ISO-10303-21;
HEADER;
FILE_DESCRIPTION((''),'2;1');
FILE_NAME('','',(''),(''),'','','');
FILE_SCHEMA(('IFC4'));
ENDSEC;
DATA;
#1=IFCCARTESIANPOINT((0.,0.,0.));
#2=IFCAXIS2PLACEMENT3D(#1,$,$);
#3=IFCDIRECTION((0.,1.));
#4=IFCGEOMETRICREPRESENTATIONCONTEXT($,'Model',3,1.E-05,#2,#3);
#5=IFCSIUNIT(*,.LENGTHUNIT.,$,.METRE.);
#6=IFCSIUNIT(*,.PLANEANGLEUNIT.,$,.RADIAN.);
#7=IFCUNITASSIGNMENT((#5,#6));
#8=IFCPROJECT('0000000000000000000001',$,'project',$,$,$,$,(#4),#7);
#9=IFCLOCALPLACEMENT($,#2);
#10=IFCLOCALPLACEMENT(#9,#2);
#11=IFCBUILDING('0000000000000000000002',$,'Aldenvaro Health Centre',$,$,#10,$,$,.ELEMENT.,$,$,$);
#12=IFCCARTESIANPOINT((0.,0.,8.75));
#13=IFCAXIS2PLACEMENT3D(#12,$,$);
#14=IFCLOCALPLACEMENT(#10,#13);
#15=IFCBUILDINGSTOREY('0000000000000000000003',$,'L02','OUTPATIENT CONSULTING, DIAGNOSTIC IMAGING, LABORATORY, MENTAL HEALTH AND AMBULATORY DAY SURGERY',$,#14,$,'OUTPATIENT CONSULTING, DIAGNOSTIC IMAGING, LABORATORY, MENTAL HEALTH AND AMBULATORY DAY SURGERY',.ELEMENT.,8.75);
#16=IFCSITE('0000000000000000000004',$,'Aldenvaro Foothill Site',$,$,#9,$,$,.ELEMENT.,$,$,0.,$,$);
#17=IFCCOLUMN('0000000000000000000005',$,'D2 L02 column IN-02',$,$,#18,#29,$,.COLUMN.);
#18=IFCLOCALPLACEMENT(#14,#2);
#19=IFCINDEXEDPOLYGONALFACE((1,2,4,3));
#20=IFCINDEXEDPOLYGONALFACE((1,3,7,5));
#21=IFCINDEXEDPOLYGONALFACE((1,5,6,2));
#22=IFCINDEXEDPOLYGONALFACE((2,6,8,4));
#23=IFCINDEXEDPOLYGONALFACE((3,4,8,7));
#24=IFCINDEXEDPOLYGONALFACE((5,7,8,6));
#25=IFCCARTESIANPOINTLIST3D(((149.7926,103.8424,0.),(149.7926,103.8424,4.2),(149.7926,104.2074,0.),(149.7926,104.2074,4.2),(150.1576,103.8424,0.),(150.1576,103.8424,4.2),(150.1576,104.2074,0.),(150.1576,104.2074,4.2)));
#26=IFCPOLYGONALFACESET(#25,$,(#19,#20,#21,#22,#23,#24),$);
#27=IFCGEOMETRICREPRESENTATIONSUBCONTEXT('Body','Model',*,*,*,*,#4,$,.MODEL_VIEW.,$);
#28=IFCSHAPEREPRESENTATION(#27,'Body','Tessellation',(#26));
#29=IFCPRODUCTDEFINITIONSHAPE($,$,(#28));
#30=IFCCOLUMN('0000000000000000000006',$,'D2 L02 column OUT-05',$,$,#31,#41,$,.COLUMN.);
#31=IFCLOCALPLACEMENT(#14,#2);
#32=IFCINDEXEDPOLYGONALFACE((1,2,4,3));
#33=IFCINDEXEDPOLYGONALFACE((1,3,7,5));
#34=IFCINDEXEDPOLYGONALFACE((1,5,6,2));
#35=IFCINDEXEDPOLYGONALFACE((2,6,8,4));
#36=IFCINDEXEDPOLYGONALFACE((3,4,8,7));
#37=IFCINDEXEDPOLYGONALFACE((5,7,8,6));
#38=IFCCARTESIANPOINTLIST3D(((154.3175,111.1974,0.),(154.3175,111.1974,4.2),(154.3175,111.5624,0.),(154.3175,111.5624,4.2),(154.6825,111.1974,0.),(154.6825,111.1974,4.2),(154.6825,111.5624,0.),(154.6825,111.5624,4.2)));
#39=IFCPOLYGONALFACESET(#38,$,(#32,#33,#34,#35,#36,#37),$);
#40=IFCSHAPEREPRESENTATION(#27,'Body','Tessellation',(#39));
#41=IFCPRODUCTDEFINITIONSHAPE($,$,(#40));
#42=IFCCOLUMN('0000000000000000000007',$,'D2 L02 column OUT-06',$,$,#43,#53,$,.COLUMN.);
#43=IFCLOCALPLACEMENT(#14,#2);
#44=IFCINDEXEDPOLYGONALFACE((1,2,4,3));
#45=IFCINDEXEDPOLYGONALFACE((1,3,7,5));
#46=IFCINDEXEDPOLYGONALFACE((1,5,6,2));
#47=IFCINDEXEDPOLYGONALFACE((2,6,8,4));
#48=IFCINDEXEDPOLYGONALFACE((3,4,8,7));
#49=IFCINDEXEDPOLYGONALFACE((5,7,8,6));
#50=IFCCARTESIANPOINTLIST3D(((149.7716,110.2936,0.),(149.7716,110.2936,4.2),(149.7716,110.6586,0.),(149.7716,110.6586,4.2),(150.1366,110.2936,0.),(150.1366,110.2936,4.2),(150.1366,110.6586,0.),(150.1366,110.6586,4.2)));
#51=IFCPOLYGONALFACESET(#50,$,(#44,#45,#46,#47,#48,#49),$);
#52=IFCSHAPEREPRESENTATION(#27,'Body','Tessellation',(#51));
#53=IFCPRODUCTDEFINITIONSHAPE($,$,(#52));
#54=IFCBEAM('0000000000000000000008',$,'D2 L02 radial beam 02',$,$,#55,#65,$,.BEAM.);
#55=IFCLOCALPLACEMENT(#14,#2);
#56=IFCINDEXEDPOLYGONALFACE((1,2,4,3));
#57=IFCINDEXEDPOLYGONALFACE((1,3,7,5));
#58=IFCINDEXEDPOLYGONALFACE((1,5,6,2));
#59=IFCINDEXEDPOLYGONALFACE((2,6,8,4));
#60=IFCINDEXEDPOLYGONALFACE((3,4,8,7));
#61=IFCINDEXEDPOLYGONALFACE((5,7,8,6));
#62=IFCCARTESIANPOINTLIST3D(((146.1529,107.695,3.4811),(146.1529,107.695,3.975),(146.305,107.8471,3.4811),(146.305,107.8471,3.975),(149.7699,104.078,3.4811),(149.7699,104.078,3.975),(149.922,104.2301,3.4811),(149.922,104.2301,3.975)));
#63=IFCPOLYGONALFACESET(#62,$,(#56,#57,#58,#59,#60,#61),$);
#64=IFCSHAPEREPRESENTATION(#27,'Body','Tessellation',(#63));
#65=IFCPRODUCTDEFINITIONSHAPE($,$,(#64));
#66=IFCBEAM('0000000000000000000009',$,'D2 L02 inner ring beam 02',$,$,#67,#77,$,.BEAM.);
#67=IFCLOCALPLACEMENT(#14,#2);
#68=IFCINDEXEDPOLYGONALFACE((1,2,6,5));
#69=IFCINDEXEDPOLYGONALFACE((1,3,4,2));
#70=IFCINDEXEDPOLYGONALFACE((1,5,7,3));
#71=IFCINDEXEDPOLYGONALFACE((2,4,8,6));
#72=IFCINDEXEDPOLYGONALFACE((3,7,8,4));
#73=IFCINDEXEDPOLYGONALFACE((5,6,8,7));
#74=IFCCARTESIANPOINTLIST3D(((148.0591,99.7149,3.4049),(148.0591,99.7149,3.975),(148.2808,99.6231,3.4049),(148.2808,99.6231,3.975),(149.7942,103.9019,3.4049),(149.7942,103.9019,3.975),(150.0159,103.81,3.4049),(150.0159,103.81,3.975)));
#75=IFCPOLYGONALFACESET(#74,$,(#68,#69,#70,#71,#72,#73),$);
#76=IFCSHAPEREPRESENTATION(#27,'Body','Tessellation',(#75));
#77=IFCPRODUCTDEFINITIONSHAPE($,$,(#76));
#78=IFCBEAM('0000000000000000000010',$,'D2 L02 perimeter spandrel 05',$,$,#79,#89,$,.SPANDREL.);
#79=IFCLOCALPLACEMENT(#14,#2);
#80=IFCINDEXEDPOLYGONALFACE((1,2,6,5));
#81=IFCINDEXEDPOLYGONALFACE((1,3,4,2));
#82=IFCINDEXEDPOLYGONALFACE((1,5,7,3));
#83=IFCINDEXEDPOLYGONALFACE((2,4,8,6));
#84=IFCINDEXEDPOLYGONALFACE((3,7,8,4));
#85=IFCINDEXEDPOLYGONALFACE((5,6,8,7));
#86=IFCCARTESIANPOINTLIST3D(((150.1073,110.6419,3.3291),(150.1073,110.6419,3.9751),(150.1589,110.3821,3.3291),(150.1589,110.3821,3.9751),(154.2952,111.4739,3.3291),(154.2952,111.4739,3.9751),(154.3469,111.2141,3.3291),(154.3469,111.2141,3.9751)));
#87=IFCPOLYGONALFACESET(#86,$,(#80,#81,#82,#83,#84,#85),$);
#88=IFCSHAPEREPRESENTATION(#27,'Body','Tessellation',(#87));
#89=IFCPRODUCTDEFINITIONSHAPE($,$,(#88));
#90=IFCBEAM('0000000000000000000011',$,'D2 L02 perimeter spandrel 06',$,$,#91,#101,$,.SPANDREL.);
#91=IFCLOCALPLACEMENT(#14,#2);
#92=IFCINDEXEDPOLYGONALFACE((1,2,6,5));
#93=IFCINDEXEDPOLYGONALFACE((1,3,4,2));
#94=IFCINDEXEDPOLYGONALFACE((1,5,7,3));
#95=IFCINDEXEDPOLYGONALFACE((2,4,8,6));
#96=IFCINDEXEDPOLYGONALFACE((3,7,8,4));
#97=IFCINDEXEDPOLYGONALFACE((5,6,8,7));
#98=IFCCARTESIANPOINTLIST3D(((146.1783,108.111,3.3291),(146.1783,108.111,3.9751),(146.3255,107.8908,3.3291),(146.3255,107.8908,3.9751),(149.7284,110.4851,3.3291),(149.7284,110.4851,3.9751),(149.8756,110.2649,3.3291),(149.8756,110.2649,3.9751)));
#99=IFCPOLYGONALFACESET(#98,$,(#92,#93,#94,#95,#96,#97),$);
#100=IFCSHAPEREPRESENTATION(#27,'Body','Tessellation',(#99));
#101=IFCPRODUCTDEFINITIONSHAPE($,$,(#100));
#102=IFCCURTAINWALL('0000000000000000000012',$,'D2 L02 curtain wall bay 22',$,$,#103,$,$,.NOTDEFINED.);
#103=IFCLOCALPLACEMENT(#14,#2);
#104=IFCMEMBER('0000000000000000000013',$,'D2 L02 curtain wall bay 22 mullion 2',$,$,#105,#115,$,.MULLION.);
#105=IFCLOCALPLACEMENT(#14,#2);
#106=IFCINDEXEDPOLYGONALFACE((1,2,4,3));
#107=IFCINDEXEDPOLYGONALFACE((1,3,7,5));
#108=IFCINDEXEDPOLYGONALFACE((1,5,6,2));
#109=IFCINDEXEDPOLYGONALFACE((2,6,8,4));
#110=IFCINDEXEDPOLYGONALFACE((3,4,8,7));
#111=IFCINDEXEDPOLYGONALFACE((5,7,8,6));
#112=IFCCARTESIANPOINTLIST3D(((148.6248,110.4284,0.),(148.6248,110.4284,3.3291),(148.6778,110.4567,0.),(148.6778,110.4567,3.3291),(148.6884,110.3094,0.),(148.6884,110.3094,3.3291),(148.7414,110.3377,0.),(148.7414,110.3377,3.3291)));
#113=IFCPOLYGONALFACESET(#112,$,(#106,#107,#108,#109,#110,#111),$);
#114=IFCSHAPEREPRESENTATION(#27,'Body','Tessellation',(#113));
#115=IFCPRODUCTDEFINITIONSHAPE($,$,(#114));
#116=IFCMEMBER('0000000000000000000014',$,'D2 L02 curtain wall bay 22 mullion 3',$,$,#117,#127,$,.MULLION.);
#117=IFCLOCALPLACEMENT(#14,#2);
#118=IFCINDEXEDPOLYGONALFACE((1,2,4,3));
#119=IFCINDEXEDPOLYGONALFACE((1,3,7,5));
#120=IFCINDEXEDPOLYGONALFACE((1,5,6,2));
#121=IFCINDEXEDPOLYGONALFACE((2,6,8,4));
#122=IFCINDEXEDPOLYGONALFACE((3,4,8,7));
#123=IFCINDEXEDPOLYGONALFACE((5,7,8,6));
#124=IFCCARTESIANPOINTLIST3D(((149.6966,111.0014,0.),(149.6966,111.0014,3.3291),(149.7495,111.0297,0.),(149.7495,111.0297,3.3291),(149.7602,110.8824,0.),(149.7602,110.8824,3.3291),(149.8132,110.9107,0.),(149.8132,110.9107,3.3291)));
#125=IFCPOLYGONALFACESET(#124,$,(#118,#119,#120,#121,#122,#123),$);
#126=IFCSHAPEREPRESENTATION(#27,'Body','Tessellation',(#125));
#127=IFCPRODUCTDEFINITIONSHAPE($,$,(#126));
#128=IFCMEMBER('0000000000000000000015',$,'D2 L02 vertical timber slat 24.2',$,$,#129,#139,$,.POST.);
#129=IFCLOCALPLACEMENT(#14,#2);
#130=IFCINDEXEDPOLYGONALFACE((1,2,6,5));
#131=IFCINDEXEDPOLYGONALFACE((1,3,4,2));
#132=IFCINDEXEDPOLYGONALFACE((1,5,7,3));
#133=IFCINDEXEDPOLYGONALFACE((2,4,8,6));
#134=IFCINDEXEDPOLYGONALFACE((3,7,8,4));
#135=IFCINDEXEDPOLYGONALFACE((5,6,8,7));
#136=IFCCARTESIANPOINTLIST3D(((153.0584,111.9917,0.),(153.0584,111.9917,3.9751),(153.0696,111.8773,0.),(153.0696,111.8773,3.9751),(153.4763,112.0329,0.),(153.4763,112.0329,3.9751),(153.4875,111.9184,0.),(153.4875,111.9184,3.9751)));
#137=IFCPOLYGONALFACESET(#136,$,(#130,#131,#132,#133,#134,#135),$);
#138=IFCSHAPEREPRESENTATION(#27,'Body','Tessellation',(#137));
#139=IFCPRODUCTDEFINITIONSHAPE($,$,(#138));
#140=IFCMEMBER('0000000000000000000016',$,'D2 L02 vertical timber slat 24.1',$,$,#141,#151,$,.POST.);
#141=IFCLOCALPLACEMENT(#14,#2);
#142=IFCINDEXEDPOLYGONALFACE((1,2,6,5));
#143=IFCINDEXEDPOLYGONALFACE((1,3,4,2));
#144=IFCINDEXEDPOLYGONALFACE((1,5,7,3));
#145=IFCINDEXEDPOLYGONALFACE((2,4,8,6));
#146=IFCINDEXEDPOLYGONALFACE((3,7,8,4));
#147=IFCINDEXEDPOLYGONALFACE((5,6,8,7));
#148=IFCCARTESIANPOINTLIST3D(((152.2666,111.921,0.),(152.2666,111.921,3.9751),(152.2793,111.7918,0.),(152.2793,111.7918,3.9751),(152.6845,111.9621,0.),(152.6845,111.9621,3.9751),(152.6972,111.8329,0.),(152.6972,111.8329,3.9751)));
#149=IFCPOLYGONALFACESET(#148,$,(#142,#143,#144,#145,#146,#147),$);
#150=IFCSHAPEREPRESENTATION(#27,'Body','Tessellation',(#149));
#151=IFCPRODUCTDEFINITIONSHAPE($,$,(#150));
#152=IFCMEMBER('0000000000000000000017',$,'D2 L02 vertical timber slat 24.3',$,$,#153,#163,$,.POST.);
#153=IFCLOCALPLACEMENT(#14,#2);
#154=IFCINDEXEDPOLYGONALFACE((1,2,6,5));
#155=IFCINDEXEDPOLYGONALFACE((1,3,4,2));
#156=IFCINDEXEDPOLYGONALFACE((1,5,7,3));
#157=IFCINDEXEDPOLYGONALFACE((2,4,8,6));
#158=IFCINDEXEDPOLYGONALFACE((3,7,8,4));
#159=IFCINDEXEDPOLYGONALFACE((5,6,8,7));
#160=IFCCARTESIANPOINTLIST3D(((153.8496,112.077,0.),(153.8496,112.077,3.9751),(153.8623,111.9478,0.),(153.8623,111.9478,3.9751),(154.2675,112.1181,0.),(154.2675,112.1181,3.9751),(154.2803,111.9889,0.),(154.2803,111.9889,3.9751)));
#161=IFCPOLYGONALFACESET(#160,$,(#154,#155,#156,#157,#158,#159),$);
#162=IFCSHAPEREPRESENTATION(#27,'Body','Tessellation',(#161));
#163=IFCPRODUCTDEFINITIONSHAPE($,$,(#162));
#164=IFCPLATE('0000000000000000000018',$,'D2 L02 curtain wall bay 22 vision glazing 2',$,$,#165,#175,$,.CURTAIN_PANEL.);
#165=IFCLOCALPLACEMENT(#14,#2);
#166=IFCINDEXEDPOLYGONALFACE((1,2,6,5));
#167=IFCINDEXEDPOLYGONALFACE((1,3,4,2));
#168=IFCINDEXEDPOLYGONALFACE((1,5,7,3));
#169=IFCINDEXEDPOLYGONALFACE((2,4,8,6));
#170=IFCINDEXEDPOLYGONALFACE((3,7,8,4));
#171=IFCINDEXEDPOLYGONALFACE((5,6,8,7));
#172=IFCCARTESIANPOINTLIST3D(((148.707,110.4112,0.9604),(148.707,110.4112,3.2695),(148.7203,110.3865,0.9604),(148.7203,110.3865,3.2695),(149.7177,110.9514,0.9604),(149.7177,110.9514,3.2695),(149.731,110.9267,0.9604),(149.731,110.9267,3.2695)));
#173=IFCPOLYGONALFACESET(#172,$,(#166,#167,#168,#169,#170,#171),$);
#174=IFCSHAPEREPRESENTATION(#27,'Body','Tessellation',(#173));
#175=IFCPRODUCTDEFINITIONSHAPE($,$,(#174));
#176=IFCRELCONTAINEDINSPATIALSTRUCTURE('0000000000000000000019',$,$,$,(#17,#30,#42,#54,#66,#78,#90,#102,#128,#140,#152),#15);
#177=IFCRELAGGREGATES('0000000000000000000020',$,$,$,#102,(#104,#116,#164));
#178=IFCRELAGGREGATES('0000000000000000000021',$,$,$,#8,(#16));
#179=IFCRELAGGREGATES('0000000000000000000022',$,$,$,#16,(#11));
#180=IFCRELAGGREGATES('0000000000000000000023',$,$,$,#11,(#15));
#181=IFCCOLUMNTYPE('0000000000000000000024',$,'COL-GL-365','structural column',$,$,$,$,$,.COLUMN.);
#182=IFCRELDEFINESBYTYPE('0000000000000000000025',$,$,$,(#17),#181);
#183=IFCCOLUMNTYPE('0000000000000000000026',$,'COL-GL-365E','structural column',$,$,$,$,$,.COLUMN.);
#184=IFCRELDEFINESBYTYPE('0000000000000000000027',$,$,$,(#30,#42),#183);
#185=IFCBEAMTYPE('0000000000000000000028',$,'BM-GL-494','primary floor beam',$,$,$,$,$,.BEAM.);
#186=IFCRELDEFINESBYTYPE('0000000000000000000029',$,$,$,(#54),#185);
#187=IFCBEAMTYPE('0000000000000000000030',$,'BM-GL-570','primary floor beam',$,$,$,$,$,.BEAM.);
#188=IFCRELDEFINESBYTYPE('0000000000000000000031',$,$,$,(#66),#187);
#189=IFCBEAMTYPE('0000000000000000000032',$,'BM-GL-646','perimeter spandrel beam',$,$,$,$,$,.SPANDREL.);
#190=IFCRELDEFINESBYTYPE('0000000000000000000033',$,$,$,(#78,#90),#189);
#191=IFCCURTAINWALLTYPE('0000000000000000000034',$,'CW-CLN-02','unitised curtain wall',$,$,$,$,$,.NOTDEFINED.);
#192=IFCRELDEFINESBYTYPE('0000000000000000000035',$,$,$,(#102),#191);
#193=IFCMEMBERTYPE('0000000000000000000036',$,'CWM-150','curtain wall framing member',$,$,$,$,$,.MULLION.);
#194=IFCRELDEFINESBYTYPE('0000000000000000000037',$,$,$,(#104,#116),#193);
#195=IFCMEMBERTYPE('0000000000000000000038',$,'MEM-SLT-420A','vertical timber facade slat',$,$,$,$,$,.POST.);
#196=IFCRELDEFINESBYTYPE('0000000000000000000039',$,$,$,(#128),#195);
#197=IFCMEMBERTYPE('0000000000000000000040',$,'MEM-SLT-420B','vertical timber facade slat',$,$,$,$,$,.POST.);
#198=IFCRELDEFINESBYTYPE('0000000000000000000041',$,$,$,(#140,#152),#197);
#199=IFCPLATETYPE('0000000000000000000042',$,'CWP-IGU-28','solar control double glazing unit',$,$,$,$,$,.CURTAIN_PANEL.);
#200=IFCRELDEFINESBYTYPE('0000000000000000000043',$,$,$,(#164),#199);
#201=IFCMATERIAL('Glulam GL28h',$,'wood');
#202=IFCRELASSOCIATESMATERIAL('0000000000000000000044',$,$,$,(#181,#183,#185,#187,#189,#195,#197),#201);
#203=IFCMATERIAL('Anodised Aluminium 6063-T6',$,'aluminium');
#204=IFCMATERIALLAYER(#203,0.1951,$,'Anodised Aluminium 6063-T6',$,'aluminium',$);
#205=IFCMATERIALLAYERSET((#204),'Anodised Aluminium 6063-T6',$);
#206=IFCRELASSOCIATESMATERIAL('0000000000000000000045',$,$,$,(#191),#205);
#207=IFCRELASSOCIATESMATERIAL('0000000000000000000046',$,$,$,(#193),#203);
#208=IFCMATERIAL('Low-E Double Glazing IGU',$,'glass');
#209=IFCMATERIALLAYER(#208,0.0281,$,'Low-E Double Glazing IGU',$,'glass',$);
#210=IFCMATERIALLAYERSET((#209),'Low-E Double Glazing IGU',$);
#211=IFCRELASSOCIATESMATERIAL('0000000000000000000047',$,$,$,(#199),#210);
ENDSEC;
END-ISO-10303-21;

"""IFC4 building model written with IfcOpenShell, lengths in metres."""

from ifc_helpers import new_model, si_unit, direction, frame, origin, origin_2d, place, context, subcontext, project, spatial, rectangle, extrude, material, layer, layer_set, material_profile, profile_set, type_object, element, aggregate, save


model = new_model("IFC4")

# Units and contexts
model_context = context("Model", 3, precision=1e-05, world=origin(), true_north=direction((0.0, 1.0)))
body_context = subcontext(model_context, "Body", "Model", "MODEL_VIEW")
ifc_project = project(units=[si_unit("LENGTHUNIT", "METRE"), si_unit("PLANEANGLEUNIT", "RADIAN")], contexts=[model_context])

# Site, building, storey
site_placement = place(None, origin())
site = spatial("IfcSite", under=ifc_project, at=site_placement, Name="Aldenvaro Foothill Site", CompositionType="ELEMENT", RefElevation=0.0)
building_placement = place(site_placement, origin())
building = spatial("IfcBuilding", under=site, at=building_placement, Name="Aldenvaro Health Centre", CompositionType="ELEMENT")
storey_placement = place(building_placement, frame((0.0, 0.0, 8.75)))
storey = spatial("IfcBuildingStorey", under=building, at=storey_placement, Name="L02", Description="OUTPATIENT CONSULTING, DIAGNOSTIC IMAGING, LABORATORY, MENTAL HEALTH AND AMBULATORY DAY SURGERY", LongName="OUTPATIENT CONSULTING, DIAGNOSTIC IMAGING, LABORATORY, MENTAL HEALTH AND AMBULATORY DAY SURGERY", CompositionType="ELEMENT", Elevation=8.75)

# Columns
ifc_material_1 = material(Name="Glulam GL28h", Category="wood")
ifc_material_profile_1 = material_profile(ifc_material_1, rectangle(XDim=0.365, YDim=0.365, at=origin_2d()), Name="GL 365x365", Category="wood")
ifc_profile_set_1 = profile_set([ifc_material_profile_1], Name="Glulam GL28h")
column_type_1 = type_object("IfcColumnType", Name="COL-GL-365", Description="structural column", PredefinedType="COLUMN", material=ifc_profile_set_1)
column_placement = place(storey_placement, frame((149.9751, 104.0249, 0.0), z_axis=(0.0, 0.0, 1.0), x_axis=(1.0, 0.0, 0.0)))
element("IfcColumn", 1, at=column_placement, inside=storey, type_object=column_type_1, Name="D2 L02 column IN-02", PredefinedType="COLUMN", context=body_context, shape_type="SweptSolid", body=[
    extrude(rectangle(XDim=0.365, YDim=0.365, at=origin_2d()), origin(), (0.0, 0.0, 1.0), 4.2),
])
ifc_material_profile_2 = material_profile(ifc_material_1, rectangle(XDim=0.365, YDim=0.365, at=origin_2d()), Name="GL 365x365", Category="wood")
ifc_profile_set_2 = profile_set([ifc_material_profile_2], Name="Glulam GL28h")
column_type_2 = type_object("IfcColumnType", Name="COL-GL-365E", Description="structural column", PredefinedType="COLUMN", material=ifc_profile_set_2)
for number, where, z_axis, x_axis, name in (
    (2, (154.5, 111.3799, 0.0), (0.0, 0.0, 1.0), (1.0, 0.0, 0.0), "D2 L02 column OUT-05"),
    (3, (149.9541, 110.4761, 0.0), (0.0, 0.0, 1.0), (1.0, 0.0, 0.0), "D2 L02 column OUT-06"),
):
    element("IfcColumn", number, at=place(storey_placement, frame(where, z_axis=z_axis, x_axis=x_axis)), inside=storey, type_object=column_type_2, Name=name, PredefinedType="COLUMN", context=body_context, shape_type="SweptSolid", body=[
        extrude(rectangle(XDim=0.365, YDim=0.365, at=origin_2d()), origin(), (0.0, 0.0, 1.0), 4.2),
    ])

# Beams
ifc_material_profile_3 = material_profile(ifc_material_1, rectangle(XDim=0.2151, YDim=0.4939, at=origin_2d()), Name="GL 215x494", Category="wood")
ifc_profile_set_3 = profile_set([ifc_material_profile_3], Name="Glulam GL28h")
beam_type_1 = type_object("IfcBeamType", Name="BM-GL-494", Description="primary floor beam", PredefinedType="BEAM", material=ifc_profile_set_3)
beam_1_placement = place(storey_placement, frame((149.8459, 104.1541, 3.728), z_axis=(-0.707107, 0.707107, 0.0), x_axis=(-0.707107, -0.707107, 0.0)))
element("IfcBeam", 4, at=beam_1_placement, inside=storey, type_object=beam_type_1, Name="D2 L02 radial beam 02", PredefinedType="BEAM", context=body_context, shape_type="SweptSolid", body=[
    extrude(rectangle(XDim=0.2151, YDim=0.4939, at=origin_2d()), origin(), (0.0, 0.0, 1.0), 5.1152),
])
ifc_material_profile_4 = material_profile(ifc_material_1, rectangle(XDim=0.24, YDim=0.5701, at=origin_2d()), Name="GL 240x570", Category="wood")
ifc_profile_set_4 = profile_set([ifc_material_profile_4], Name="Glulam GL28h")
beam_type_2 = type_object("IfcBeamType", Name="BM-GL-570", Description="primary floor beam", PredefinedType="BEAM", material=ifc_profile_set_4)
beam_2_placement = place(storey_placement, frame((149.905, 103.856, 3.6899), z_axis=(-0.382832, -0.923818, 0.0), x_axis=(0.923818, -0.382832, 0.0)))
element("IfcBeam", 5, at=beam_2_placement, inside=storey, type_object=beam_type_2, Name="D2 L02 inner ring beam 02", PredefinedType="BEAM", context=body_context, shape_type="SweptSolid", body=[
    extrude(rectangle(XDim=0.24, YDim=0.5701, at=origin_2d()), origin(), (0.0, 0.0, 1.0), 4.5322),
])
ifc_material_profile_5 = material_profile(ifc_material_1, rectangle(XDim=0.2649, YDim=0.646, at=origin_2d()), Name="GL 265x646", Category="wood")
ifc_profile_set_5 = profile_set([ifc_material_profile_5], Name="Glulam GL28h")
beam_type_3 = type_object("IfcBeamType", Name="BM-GL-646", Description="perimeter spandrel beam", PredefinedType="SPANDREL", material=ifc_profile_set_5)
beam_3_placement = place(storey_placement, frame((154.321, 111.344, 3.6521), z_axis=(-0.980831, -0.194862, 0.0), x_axis=(0.194862, -0.980831, 0.0)))
element("IfcBeam", 6, at=beam_3_placement, inside=storey, type_object=beam_type_3, Name="D2 L02 perimeter spandrel 05", PredefinedType="SPANDREL", context=body_context, shape_type="SweptSolid", body=[
    extrude(rectangle(XDim=0.2649, YDim=0.646, at=origin_2d()), origin(), (0.0, 0.0, 1.0), 4.2698),
])
beam_4_placement = place(storey_placement, frame((149.802, 110.375, 3.6521), z_axis=(-0.831258, -0.555887, 0.0), x_axis=(0.555887, -0.831258, 0.0)))
element("IfcBeam", 7, at=beam_4_placement, inside=storey, type_object=beam_type_3, Name="D2 L02 perimeter spandrel 06", PredefinedType="SPANDREL", context=body_context, shape_type="SweptSolid", body=[
    extrude(rectangle(XDim=0.2649, YDim=0.646, at=origin_2d()), origin(), (0.0, 0.0, 1.0), 4.2708),
])

# Curtain wall, members
ifc_material_2 = material(Name="Anodised Aluminium 6063-T6", Category="aluminium")
ifc_layer_1 = layer(ifc_material_2, 0.1951, Name="Anodised Aluminium 6063-T6", Category="aluminium")
ifc_layer_set_1 = layer_set([ifc_layer_1], Name="Anodised Aluminium 6063-T6")
curtain_wall_type = type_object("IfcCurtainWallType", Name="CW-CLN-02", Description="unitised curtain wall", PredefinedType="NOTDEFINED", material=ifc_layer_set_1)
curtain_wall_placement = place(storey_placement, origin())
curtain_wall = element("IfcCurtainWall", 8, at=curtain_wall_placement, inside=storey, type_object=curtain_wall_type, Name="D2 L02 curtain wall bay 22", PredefinedType="NOTDEFINED")
ifc_material_profile_6 = material_profile(ifc_material_2, rectangle(XDim=0.0601, YDim=0.135, at=origin_2d()), Name="ALU 60x135", Category="aluminium")
ifc_profile_set_6 = profile_set([ifc_material_profile_6], Name="Anodised Aluminium 6063-T6")
member_type_1 = type_object("IfcMemberType", Name="CWM-150", Description="curtain wall framing member", PredefinedType="MULLION", material=ifc_profile_set_6)
member_1_placement = place(storey_placement, frame((148.6831, 110.3831, 0.0), z_axis=(0.0, 0.0, 1.0), x_axis=(0.88192, 0.471399, 0.0)))
member_1 = element("IfcMember", 9, at=member_1_placement, type_object=member_type_1, Name="D2 L02 curtain wall bay 22 mullion 2", PredefinedType="MULLION", context=body_context, shape_type="SweptSolid", body=[
    extrude(rectangle(XDim=0.0601, YDim=0.135, at=origin_2d()), origin(), (0.0, 0.0, 1.0), 3.3291),
])
member_2_placement = place(storey_placement, frame((149.7549, 110.9561, 0.0), z_axis=(0.0, 0.0, 1.0), x_axis=(0.88192, 0.471399, 0.0)))
member_2 = element("IfcMember", 10, at=member_2_placement, type_object=member_type_1, Name="D2 L02 curtain wall bay 22 mullion 3", PredefinedType="MULLION", context=body_context, shape_type="SweptSolid", body=[
    extrude(rectangle(XDim=0.0601, YDim=0.135, at=origin_2d()), origin(), (0.0, 0.0, 1.0), 3.3291),
])

# Members
ifc_material_profile_7 = material_profile(ifc_material_1, rectangle(XDim=0.115, YDim=0.4199, at=origin_2d()), Name="GL 115x420", Category="wood")
ifc_profile_set_7 = profile_set([ifc_material_profile_7], Name="Glulam GL28h")
member_type_2 = type_object("IfcMemberType", Name="MEM-SLT-420A", Description="vertical timber facade slat", PredefinedType="POST", material=ifc_profile_set_7)
member_3_placement = place(storey_placement, frame((153.2729, 111.9551, 0.0), z_axis=(0.0, 0.0, 1.0), x_axis=(-0.097915, 0.995195, 0.0)))
element("IfcMember", 11, at=member_3_placement, inside=storey, type_object=member_type_2, Name="D2 L02 vertical timber slat 24.2", PredefinedType="POST", context=body_context, shape_type="SweptSolid", body=[
    extrude(rectangle(XDim=0.115, YDim=0.4199, at=origin_2d()), origin(), (0.0, 0.0, 1.0), 3.9751),
])
ifc_material_profile_8 = material_profile(ifc_material_1, rectangle(XDim=0.1299, YDim=0.4199, at=origin_2d()), Name="GL 130x420", Category="wood")
ifc_profile_set_8 = profile_set([ifc_material_profile_8], Name="Glulam GL28h")
member_type_3 = type_object("IfcMemberType", Name="MEM-SLT-420B", Description="vertical timber facade slat", PredefinedType="POST", material=ifc_profile_set_8)
for number, where, z_axis, x_axis, name in (
    (12, (152.4819, 111.877, 0.0), (0.0, 0.0, 1.0), (-0.097915, 0.995195, 0.0), "D2 L02 vertical timber slat 24.1"),
    (13, (154.0649, 112.033, 0.0), (0.0, 0.0, 1.0), (-0.097915, 0.995195, 0.0), "D2 L02 vertical timber slat 24.3"),
):
    element("IfcMember", number, at=place(storey_placement, frame(where, z_axis=z_axis, x_axis=x_axis)), inside=storey, type_object=member_type_3, Name=name, PredefinedType="POST", context=body_context, shape_type="SweptSolid", body=[
        extrude(rectangle(XDim=0.1299, YDim=0.4199, at=origin_2d()), origin(), (0.0, 0.0, 1.0), 3.9751),
    ])

# Plate
ifc_material_3 = material(Name="Low-E Double Glazing IGU", Category="glass")
ifc_layer_2 = layer(ifc_material_3, 0.0281, Name="Low-E Double Glazing IGU", Category="glass")
ifc_layer_set_2 = layer_set([ifc_layer_2], Name="Low-E Double Glazing IGU")
plate_type_1 = type_object("IfcPlateType", Name="CWP-IGU-28", Description="solar control double glazing unit", PredefinedType="CURTAIN_PANEL", material=ifc_layer_set_2)
plate_1_placement = place(storey_placement, frame((149.219, 110.6689, 0.9604), z_axis=(0.0, 0.0, 1.0), x_axis=(0.88192, 0.471399, 0.0)))
plate_1 = element("IfcPlate", 14, at=plate_1_placement, type_object=plate_type_1, Name="D2 L02 curtain wall bay 22 vision glazing 2", PredefinedType="CURTAIN_PANEL", context=body_context, shape_type="SweptSolid", body=[
    extrude(rectangle(XDim=1.146, YDim=0.0281, at=origin_2d()), origin(), (0.0, 0.0, 1.0), 2.3091),
])
aggregate(curtain_wall, [member_1, member_2, plate_1])

save(model, "model.ifc")
